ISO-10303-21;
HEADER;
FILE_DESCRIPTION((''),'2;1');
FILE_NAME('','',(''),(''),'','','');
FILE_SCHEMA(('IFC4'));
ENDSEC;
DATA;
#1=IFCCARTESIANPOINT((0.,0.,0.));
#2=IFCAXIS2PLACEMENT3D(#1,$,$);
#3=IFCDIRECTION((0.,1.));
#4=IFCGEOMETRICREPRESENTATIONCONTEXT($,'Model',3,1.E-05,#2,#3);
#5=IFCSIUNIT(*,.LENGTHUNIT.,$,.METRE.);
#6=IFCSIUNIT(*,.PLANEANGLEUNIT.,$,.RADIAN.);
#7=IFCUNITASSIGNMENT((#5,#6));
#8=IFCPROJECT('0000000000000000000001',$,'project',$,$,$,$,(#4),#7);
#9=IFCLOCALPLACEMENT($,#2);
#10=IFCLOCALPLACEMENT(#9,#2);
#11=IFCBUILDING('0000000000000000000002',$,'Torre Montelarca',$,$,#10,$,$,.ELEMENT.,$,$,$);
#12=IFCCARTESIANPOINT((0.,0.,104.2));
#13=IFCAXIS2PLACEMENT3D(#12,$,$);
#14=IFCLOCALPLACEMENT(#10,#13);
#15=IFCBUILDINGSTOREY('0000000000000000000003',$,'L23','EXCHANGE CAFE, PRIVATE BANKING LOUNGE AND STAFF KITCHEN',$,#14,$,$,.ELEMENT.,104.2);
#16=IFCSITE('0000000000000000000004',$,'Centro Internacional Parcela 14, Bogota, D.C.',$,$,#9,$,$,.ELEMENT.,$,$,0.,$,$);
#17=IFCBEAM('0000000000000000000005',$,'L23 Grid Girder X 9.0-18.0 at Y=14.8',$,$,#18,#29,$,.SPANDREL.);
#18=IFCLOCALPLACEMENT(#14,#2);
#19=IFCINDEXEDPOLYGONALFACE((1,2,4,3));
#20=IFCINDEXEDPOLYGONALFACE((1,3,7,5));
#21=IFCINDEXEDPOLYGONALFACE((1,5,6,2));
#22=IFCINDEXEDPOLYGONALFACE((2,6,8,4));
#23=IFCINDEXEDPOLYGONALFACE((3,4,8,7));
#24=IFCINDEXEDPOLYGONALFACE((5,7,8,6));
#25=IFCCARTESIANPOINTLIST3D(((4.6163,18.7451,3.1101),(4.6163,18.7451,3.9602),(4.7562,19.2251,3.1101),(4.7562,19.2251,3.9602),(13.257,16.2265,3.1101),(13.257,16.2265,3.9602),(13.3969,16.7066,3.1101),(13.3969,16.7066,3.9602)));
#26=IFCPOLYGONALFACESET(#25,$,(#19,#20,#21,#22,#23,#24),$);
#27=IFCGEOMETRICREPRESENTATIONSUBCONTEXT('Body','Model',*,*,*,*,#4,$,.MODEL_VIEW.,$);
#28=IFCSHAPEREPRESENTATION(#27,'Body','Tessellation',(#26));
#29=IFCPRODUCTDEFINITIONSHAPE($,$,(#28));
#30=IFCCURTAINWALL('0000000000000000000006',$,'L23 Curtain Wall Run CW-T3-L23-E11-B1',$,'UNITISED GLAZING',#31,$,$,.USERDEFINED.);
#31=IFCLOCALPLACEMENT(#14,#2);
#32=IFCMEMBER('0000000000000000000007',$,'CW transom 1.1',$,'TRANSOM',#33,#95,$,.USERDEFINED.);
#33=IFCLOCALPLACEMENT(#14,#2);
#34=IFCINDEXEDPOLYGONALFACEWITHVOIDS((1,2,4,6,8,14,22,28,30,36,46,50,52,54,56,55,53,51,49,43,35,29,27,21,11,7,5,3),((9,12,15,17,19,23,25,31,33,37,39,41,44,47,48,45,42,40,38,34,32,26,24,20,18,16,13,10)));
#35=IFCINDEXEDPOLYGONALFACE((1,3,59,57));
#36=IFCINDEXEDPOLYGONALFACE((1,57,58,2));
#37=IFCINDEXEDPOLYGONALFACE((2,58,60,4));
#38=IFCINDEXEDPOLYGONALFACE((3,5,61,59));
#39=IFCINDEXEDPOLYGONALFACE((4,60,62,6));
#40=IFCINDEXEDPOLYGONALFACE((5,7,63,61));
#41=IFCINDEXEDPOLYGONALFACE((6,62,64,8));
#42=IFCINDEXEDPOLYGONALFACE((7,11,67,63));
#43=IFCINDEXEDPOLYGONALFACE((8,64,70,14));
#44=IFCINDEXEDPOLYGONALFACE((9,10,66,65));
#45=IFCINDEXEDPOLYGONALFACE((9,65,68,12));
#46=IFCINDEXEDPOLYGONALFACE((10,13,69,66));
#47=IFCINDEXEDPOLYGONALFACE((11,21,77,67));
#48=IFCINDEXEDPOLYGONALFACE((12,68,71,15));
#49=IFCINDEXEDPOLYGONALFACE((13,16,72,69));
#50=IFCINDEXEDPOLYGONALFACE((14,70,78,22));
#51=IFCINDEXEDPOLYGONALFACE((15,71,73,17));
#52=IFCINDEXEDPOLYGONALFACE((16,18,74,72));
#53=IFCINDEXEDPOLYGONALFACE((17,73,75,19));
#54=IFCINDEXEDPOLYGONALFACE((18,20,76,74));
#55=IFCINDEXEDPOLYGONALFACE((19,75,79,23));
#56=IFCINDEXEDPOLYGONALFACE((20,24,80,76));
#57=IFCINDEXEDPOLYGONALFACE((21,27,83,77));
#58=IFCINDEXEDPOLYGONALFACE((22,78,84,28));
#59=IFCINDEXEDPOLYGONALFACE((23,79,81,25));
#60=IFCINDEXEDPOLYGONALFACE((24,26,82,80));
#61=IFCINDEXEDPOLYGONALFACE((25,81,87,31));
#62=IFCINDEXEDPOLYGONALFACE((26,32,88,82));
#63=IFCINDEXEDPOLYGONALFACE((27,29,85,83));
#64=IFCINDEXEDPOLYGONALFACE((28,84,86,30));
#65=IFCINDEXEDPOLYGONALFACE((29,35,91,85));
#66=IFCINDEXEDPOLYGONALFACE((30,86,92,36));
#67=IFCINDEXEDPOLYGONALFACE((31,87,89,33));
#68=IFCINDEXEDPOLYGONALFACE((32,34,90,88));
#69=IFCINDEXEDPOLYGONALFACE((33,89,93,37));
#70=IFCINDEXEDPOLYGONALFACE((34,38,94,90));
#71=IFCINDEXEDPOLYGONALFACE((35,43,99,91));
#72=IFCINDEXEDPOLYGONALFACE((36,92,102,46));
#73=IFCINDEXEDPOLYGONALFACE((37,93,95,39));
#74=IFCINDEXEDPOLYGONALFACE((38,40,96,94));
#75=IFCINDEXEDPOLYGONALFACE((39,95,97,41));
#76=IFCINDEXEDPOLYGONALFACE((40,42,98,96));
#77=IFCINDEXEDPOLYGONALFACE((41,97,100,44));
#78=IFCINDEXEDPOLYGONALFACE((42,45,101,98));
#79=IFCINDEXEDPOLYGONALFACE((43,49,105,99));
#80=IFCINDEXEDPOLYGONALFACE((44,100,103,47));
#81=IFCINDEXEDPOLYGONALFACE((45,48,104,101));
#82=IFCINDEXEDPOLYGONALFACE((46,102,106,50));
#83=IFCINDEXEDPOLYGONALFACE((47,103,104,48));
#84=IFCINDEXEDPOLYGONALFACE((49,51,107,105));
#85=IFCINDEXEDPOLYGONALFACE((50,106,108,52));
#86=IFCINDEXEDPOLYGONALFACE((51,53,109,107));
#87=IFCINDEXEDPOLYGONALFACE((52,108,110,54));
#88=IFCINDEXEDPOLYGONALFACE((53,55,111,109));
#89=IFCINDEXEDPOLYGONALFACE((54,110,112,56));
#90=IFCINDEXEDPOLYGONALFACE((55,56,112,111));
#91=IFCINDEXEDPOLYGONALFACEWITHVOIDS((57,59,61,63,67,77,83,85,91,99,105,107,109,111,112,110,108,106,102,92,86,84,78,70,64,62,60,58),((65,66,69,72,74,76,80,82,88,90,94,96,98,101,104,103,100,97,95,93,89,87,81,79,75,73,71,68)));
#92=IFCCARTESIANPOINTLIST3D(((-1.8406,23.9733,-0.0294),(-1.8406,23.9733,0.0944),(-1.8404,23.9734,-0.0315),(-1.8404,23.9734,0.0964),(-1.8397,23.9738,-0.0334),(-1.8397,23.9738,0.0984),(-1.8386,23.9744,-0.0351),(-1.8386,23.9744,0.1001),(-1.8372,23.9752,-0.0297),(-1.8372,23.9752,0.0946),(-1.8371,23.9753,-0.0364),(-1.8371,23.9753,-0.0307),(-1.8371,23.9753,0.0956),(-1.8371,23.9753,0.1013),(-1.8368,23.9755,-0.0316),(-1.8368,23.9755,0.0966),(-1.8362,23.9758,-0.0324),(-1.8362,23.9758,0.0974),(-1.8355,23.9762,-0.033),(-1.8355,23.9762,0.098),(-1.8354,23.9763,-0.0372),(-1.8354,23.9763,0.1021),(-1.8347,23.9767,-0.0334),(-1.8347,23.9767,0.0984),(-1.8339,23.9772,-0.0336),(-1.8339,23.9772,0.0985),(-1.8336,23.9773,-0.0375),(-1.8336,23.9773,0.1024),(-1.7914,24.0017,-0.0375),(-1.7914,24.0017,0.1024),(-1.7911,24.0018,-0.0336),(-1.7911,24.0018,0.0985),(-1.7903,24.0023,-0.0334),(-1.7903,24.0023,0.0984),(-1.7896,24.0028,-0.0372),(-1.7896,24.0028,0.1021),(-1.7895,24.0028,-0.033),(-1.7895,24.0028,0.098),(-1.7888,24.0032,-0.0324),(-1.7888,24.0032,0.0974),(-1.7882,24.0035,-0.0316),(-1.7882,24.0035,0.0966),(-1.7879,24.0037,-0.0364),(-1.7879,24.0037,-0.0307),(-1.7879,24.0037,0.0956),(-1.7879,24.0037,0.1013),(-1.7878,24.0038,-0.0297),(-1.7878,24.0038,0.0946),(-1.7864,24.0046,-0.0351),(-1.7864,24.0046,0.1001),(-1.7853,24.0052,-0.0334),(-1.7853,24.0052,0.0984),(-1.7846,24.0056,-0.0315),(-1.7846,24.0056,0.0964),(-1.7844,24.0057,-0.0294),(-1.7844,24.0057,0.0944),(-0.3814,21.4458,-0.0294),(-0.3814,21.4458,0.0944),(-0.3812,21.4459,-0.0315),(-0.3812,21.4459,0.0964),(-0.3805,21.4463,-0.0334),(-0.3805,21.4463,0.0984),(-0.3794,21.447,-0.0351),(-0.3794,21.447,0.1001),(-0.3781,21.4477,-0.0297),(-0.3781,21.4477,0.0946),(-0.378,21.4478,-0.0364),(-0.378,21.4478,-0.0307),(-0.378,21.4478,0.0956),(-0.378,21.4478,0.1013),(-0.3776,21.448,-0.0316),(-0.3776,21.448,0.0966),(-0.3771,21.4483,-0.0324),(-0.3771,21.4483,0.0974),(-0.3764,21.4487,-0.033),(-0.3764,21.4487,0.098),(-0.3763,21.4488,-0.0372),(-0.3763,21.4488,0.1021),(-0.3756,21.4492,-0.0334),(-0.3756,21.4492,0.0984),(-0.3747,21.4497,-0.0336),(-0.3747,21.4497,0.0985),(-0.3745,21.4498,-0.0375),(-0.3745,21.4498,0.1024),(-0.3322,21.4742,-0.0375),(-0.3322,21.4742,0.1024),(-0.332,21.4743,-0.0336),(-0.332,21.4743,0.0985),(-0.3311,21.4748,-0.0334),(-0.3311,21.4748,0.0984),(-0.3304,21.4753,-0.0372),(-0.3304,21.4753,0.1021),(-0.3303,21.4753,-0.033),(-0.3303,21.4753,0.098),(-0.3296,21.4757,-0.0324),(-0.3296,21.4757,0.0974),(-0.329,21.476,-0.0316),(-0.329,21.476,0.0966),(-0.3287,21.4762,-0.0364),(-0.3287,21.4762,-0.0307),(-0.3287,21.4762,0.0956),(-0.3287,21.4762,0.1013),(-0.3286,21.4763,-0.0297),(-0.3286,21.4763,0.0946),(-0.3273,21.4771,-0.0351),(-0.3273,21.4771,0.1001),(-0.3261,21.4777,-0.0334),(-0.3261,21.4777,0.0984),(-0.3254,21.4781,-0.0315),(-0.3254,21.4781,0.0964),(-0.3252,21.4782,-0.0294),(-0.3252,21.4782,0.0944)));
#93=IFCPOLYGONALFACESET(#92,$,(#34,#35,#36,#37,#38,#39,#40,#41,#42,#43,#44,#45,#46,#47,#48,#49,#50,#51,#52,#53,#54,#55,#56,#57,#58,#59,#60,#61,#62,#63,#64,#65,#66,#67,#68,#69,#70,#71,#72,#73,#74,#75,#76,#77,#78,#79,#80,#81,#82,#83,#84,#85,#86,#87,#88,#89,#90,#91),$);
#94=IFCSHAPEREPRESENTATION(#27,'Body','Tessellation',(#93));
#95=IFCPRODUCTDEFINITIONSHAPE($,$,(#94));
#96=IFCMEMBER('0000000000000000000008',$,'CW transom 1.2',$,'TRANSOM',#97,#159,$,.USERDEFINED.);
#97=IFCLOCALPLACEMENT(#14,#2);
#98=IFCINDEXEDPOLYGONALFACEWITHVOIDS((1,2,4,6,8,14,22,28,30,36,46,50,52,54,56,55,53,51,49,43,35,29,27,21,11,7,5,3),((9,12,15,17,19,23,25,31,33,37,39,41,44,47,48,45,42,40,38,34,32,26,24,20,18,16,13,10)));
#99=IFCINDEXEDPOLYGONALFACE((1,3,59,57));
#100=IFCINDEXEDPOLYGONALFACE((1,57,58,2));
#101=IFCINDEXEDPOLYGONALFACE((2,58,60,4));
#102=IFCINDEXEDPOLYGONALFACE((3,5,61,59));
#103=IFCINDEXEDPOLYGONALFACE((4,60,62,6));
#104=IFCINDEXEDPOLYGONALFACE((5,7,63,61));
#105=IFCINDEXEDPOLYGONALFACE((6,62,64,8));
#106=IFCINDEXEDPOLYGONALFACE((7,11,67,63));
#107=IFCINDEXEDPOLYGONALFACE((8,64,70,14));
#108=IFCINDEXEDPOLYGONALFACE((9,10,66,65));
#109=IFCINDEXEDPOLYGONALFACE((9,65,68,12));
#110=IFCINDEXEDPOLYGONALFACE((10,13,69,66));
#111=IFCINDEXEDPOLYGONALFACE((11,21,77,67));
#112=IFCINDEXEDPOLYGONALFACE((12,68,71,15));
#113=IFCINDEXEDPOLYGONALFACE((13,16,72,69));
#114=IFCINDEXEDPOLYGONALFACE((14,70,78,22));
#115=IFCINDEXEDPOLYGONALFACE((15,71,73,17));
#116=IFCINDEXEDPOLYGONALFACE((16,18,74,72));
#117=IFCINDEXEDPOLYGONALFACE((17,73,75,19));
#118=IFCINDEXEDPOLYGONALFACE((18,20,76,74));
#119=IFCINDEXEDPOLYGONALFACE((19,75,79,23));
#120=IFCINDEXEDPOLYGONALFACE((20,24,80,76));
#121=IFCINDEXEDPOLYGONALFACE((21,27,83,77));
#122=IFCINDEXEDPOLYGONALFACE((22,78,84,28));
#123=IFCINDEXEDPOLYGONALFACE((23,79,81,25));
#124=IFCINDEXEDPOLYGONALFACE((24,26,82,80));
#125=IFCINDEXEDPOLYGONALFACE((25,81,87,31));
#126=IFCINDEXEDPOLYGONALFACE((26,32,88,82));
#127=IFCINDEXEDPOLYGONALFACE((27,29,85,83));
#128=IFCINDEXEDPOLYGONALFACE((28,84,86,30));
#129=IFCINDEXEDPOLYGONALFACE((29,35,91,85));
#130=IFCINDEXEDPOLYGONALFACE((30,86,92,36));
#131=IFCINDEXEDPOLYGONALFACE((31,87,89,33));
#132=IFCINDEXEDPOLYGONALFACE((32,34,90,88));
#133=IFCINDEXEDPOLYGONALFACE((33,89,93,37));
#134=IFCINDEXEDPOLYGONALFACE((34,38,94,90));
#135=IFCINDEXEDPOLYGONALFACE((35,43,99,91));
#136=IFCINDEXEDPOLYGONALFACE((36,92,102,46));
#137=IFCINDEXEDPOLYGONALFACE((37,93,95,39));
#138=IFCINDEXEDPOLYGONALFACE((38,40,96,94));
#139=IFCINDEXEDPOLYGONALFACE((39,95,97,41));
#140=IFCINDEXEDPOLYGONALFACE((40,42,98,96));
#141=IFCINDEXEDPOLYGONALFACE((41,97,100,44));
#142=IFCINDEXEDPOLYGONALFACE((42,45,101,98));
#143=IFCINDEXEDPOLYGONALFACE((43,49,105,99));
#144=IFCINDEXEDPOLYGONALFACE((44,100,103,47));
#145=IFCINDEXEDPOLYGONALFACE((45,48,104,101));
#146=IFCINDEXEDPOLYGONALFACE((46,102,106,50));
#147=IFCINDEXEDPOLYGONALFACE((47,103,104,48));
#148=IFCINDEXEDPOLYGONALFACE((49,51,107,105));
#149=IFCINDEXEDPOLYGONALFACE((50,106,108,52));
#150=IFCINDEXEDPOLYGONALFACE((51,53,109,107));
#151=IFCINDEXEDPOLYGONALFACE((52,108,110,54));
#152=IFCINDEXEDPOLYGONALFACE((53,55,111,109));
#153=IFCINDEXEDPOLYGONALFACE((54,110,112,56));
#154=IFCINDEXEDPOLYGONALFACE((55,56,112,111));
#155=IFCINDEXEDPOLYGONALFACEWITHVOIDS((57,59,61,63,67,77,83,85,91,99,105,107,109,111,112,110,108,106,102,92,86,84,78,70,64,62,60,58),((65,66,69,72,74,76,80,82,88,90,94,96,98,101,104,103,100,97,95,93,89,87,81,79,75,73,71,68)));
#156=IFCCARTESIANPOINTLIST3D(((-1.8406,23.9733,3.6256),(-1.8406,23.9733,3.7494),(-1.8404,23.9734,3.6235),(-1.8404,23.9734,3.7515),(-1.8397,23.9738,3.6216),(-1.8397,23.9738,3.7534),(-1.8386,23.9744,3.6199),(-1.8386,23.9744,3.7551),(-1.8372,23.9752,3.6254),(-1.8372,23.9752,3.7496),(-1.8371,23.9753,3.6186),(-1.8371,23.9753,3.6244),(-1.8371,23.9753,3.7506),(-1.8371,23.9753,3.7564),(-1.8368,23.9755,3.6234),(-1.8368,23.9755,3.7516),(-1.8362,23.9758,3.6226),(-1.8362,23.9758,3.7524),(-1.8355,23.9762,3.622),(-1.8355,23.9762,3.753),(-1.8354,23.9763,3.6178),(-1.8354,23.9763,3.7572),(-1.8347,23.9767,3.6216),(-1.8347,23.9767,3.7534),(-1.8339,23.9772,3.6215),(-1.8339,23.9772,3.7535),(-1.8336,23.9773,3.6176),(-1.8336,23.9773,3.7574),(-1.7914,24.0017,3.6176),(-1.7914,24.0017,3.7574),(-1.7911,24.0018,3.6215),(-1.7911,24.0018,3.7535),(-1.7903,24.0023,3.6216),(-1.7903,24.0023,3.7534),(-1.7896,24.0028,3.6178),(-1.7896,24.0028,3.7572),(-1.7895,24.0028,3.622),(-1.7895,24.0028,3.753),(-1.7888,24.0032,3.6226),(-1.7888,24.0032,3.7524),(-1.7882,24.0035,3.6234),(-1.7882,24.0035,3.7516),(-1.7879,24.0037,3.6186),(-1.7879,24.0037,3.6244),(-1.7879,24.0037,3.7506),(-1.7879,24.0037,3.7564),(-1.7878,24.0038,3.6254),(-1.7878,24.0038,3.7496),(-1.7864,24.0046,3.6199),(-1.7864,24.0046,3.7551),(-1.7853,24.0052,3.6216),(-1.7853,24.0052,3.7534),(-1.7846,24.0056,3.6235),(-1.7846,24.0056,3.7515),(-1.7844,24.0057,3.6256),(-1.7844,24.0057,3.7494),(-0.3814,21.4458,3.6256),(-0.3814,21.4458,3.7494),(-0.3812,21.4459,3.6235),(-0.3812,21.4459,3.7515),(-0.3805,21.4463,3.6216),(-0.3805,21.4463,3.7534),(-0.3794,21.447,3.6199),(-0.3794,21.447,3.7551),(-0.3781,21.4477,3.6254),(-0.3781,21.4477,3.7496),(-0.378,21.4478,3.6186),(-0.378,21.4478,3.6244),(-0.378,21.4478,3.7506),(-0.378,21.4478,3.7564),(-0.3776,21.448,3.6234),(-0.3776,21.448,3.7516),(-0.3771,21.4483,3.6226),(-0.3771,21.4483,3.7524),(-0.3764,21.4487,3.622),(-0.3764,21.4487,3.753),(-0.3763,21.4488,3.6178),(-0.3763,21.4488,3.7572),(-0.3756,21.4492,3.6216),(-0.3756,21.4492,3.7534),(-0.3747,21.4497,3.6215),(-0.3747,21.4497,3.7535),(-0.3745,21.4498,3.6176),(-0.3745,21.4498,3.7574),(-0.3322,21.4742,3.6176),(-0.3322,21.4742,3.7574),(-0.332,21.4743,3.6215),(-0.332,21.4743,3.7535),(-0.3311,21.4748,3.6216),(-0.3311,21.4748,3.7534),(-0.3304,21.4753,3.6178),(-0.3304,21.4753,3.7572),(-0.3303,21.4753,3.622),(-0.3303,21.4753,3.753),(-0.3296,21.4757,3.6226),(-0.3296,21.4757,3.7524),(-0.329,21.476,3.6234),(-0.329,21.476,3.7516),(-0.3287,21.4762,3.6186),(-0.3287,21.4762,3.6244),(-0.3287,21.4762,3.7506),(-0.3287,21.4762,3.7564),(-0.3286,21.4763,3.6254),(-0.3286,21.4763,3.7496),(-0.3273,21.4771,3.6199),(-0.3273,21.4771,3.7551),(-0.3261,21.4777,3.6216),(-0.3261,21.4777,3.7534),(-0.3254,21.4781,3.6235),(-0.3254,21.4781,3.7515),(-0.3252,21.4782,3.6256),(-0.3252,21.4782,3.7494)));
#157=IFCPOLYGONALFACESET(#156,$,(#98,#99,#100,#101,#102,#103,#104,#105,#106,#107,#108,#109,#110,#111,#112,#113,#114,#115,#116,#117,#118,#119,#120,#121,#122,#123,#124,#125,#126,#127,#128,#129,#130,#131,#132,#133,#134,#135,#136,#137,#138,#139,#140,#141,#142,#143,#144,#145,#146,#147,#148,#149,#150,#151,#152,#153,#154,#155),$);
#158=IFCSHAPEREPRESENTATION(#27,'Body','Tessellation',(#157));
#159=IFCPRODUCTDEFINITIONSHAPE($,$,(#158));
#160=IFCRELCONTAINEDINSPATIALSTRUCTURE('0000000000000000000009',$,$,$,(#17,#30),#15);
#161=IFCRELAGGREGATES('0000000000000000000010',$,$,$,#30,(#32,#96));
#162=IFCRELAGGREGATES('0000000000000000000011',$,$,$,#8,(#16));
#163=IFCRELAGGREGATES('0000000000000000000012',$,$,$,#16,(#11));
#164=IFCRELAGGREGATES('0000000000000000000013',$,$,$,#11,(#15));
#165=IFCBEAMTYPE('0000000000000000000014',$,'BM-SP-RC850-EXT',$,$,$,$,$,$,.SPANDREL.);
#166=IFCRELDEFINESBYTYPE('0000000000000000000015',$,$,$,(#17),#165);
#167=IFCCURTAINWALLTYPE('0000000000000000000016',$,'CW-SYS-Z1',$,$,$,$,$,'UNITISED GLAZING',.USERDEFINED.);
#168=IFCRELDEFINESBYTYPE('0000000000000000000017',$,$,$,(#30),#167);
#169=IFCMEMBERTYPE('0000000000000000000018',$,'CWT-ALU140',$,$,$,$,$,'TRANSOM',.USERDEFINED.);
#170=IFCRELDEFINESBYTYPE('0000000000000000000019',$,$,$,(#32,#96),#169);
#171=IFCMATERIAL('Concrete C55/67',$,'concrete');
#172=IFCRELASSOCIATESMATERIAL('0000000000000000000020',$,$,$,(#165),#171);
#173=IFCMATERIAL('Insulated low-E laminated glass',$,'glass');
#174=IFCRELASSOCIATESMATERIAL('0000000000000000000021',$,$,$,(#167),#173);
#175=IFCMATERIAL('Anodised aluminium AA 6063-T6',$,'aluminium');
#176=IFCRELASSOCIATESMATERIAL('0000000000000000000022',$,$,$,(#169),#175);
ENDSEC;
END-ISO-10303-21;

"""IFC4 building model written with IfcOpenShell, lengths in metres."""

from ifc_helpers import new_model, si_unit, direction, frame, origin, origin_2d, place, context, subcontext, project, spatial, rectangle, hollow_rectangle, extrude, source, transform, mapped, material, material_profile, profile_set, type_object, element, aggregate, save


model = new_model("IFC4")

# Units and contexts
model_context = context("Model", 3, precision=1e-05, world=origin(), true_north=direction((0.0, 1.0)))
body_context = subcontext(model_context, "Body", "Model", "MODEL_VIEW")
ifc_project = project(units=[si_unit("LENGTHUNIT", "METRE"), si_unit("PLANEANGLEUNIT", "RADIAN")], contexts=[model_context])

# Site, building, storey
site_placement = place(None, origin())
site = spatial("IfcSite", under=ifc_project, at=site_placement, Name="Centro Internacional Parcela 14, Bogota, D.C.", CompositionType="ELEMENT", RefElevation=0.0)
building_placement = place(site_placement, origin())
building = spatial("IfcBuilding", under=site, at=building_placement, Name="Torre Montelarca", CompositionType="ELEMENT")
storey_placement = place(building_placement, frame((0.0, 0.0, 104.2)))
storey = spatial("IfcBuildingStorey", under=building, at=storey_placement, Name="L23", Description="EXCHANGE CAFE, PRIVATE BANKING LOUNGE AND STAFF KITCHEN", CompositionType="ELEMENT", Elevation=104.2)

# Beam
ifc_material_1 = material(Name="Concrete C55/67", Category="concrete")
ifc_material_profile_1 = material_profile(ifc_material_1, rectangle(XDim=0.5, YDim=0.8501, at=origin_2d()), Name="RCB500X850", Category="concrete")
ifc_profile_set_1 = profile_set([ifc_material_profile_1], Name="Concrete C55/67")
beam_type = type_object("IfcBeamType", Name="BM-SP-RC850-EXT", PredefinedType="SPANDREL", material=ifc_profile_set_1)
shared_shape_1 = source(origin(), body_context, "Body", "SweptSolid", [
    extrude(rectangle(XDim=0.5, YDim=0.8501, at=origin_2d()), origin(), (0.0, 0.0, 1.0), 9.0002),
])
beam_placement = place(storey_placement, frame((4.6863, 18.9851, 3.5352), z_axis=(0.960049, -0.279833, 0.0), x_axis=(0.279833, 0.960049, 0.0)))
element("IfcBeam", 1, at=beam_placement, inside=storey, type_object=beam_type, Name="L23 Grid Girder X 9.0-18.0 at Y=14.8", PredefinedType="SPANDREL", context=body_context, shape_type="MappedRepresentation", body=[
    mapped(shared_shape_1, transform((0.0, 0.0, 0.0), scale=1.0)),
])

# Curtain wall, members
ifc_material_2 = material(Name="Insulated low-E laminated glass", Category="glass")
curtain_wall_type = type_object("IfcCurtainWallType", Name="CW-SYS-Z1", ElementType="UNITISED GLAZING", PredefinedType="USERDEFINED", material=ifc_material_2)
curtain_wall_1_placement = place(storey_placement, origin())
curtain_wall_1 = element("IfcCurtainWall", 2, at=curtain_wall_1_placement, inside=storey, type_object=curtain_wall_type, Name="L23 Curtain Wall Run CW-T3-L23-E11-B1", ObjectType="UNITISED GLAZING", PredefinedType="USERDEFINED")
ifc_material_3 = material(Name="Anodised aluminium AA 6063-T6", Category="aluminium")
ifc_material_profile_2 = material_profile(ifc_material_3, hollow_rectangle(XDim=0.0649, YDim=0.1399, WallThickness=0.0039, InnerFilletRadius=0.0039, OuterFilletRadius=0.0081, at=origin_2d()), Name="ALU65X140X4", Category="aluminium")
ifc_profile_set_2 = profile_set([ifc_material_profile_2], Name="Anodised aluminium AA 6063-T6")
member_type_1 = type_object("IfcMemberType", Name="CWT-ALU140", ElementType="TRANSOM", PredefinedType="USERDEFINED", material=ifc_profile_set_2)
shared_shape_2 = source(origin(), body_context, "Body", "SweptSolid", [
    extrude(hollow_rectangle(XDim=0.0649, YDim=0.1399, WallThickness=0.0039, InnerFilletRadius=0.0039, OuterFilletRadius=0.0081, at=origin_2d()), origin(), (0.0, 0.0, 1.0), 2.9185),
])
member_1_placement = place(storey_placement, frame((-1.8125, 23.9895, 0.0325), z_axis=(0.499981, -0.866037, 0.0), x_axis=(0.866037, 0.499981, 0.0)))
member_1 = element("IfcMember", 3, at=member_1_placement, type_object=member_type_1, Name="CW transom 1.1", ObjectType="TRANSOM", PredefinedType="USERDEFINED", context=body_context, shape_type="MappedRepresentation", body=[
    mapped(shared_shape_2, transform((0.0, 0.0, 0.0), scale=1.0)),
])
member_2_placement = place(storey_placement, frame((-1.8125, 23.9895, 3.6875), z_axis=(0.499981, -0.866037, 0.0), x_axis=(0.866037, 0.499981, 0.0)))
member_2 = element("IfcMember", 4, at=member_2_placement, type_object=member_type_1, Name="CW transom 1.2", ObjectType="TRANSOM", PredefinedType="USERDEFINED", context=body_context, shape_type="MappedRepresentation", body=[
    mapped(shared_shape_2, transform((0.0, 0.0, 0.0), scale=1.0)),
])

aggregate(curtain_wall_1, [member_1, member_2])

save(model, "model.ifc")
